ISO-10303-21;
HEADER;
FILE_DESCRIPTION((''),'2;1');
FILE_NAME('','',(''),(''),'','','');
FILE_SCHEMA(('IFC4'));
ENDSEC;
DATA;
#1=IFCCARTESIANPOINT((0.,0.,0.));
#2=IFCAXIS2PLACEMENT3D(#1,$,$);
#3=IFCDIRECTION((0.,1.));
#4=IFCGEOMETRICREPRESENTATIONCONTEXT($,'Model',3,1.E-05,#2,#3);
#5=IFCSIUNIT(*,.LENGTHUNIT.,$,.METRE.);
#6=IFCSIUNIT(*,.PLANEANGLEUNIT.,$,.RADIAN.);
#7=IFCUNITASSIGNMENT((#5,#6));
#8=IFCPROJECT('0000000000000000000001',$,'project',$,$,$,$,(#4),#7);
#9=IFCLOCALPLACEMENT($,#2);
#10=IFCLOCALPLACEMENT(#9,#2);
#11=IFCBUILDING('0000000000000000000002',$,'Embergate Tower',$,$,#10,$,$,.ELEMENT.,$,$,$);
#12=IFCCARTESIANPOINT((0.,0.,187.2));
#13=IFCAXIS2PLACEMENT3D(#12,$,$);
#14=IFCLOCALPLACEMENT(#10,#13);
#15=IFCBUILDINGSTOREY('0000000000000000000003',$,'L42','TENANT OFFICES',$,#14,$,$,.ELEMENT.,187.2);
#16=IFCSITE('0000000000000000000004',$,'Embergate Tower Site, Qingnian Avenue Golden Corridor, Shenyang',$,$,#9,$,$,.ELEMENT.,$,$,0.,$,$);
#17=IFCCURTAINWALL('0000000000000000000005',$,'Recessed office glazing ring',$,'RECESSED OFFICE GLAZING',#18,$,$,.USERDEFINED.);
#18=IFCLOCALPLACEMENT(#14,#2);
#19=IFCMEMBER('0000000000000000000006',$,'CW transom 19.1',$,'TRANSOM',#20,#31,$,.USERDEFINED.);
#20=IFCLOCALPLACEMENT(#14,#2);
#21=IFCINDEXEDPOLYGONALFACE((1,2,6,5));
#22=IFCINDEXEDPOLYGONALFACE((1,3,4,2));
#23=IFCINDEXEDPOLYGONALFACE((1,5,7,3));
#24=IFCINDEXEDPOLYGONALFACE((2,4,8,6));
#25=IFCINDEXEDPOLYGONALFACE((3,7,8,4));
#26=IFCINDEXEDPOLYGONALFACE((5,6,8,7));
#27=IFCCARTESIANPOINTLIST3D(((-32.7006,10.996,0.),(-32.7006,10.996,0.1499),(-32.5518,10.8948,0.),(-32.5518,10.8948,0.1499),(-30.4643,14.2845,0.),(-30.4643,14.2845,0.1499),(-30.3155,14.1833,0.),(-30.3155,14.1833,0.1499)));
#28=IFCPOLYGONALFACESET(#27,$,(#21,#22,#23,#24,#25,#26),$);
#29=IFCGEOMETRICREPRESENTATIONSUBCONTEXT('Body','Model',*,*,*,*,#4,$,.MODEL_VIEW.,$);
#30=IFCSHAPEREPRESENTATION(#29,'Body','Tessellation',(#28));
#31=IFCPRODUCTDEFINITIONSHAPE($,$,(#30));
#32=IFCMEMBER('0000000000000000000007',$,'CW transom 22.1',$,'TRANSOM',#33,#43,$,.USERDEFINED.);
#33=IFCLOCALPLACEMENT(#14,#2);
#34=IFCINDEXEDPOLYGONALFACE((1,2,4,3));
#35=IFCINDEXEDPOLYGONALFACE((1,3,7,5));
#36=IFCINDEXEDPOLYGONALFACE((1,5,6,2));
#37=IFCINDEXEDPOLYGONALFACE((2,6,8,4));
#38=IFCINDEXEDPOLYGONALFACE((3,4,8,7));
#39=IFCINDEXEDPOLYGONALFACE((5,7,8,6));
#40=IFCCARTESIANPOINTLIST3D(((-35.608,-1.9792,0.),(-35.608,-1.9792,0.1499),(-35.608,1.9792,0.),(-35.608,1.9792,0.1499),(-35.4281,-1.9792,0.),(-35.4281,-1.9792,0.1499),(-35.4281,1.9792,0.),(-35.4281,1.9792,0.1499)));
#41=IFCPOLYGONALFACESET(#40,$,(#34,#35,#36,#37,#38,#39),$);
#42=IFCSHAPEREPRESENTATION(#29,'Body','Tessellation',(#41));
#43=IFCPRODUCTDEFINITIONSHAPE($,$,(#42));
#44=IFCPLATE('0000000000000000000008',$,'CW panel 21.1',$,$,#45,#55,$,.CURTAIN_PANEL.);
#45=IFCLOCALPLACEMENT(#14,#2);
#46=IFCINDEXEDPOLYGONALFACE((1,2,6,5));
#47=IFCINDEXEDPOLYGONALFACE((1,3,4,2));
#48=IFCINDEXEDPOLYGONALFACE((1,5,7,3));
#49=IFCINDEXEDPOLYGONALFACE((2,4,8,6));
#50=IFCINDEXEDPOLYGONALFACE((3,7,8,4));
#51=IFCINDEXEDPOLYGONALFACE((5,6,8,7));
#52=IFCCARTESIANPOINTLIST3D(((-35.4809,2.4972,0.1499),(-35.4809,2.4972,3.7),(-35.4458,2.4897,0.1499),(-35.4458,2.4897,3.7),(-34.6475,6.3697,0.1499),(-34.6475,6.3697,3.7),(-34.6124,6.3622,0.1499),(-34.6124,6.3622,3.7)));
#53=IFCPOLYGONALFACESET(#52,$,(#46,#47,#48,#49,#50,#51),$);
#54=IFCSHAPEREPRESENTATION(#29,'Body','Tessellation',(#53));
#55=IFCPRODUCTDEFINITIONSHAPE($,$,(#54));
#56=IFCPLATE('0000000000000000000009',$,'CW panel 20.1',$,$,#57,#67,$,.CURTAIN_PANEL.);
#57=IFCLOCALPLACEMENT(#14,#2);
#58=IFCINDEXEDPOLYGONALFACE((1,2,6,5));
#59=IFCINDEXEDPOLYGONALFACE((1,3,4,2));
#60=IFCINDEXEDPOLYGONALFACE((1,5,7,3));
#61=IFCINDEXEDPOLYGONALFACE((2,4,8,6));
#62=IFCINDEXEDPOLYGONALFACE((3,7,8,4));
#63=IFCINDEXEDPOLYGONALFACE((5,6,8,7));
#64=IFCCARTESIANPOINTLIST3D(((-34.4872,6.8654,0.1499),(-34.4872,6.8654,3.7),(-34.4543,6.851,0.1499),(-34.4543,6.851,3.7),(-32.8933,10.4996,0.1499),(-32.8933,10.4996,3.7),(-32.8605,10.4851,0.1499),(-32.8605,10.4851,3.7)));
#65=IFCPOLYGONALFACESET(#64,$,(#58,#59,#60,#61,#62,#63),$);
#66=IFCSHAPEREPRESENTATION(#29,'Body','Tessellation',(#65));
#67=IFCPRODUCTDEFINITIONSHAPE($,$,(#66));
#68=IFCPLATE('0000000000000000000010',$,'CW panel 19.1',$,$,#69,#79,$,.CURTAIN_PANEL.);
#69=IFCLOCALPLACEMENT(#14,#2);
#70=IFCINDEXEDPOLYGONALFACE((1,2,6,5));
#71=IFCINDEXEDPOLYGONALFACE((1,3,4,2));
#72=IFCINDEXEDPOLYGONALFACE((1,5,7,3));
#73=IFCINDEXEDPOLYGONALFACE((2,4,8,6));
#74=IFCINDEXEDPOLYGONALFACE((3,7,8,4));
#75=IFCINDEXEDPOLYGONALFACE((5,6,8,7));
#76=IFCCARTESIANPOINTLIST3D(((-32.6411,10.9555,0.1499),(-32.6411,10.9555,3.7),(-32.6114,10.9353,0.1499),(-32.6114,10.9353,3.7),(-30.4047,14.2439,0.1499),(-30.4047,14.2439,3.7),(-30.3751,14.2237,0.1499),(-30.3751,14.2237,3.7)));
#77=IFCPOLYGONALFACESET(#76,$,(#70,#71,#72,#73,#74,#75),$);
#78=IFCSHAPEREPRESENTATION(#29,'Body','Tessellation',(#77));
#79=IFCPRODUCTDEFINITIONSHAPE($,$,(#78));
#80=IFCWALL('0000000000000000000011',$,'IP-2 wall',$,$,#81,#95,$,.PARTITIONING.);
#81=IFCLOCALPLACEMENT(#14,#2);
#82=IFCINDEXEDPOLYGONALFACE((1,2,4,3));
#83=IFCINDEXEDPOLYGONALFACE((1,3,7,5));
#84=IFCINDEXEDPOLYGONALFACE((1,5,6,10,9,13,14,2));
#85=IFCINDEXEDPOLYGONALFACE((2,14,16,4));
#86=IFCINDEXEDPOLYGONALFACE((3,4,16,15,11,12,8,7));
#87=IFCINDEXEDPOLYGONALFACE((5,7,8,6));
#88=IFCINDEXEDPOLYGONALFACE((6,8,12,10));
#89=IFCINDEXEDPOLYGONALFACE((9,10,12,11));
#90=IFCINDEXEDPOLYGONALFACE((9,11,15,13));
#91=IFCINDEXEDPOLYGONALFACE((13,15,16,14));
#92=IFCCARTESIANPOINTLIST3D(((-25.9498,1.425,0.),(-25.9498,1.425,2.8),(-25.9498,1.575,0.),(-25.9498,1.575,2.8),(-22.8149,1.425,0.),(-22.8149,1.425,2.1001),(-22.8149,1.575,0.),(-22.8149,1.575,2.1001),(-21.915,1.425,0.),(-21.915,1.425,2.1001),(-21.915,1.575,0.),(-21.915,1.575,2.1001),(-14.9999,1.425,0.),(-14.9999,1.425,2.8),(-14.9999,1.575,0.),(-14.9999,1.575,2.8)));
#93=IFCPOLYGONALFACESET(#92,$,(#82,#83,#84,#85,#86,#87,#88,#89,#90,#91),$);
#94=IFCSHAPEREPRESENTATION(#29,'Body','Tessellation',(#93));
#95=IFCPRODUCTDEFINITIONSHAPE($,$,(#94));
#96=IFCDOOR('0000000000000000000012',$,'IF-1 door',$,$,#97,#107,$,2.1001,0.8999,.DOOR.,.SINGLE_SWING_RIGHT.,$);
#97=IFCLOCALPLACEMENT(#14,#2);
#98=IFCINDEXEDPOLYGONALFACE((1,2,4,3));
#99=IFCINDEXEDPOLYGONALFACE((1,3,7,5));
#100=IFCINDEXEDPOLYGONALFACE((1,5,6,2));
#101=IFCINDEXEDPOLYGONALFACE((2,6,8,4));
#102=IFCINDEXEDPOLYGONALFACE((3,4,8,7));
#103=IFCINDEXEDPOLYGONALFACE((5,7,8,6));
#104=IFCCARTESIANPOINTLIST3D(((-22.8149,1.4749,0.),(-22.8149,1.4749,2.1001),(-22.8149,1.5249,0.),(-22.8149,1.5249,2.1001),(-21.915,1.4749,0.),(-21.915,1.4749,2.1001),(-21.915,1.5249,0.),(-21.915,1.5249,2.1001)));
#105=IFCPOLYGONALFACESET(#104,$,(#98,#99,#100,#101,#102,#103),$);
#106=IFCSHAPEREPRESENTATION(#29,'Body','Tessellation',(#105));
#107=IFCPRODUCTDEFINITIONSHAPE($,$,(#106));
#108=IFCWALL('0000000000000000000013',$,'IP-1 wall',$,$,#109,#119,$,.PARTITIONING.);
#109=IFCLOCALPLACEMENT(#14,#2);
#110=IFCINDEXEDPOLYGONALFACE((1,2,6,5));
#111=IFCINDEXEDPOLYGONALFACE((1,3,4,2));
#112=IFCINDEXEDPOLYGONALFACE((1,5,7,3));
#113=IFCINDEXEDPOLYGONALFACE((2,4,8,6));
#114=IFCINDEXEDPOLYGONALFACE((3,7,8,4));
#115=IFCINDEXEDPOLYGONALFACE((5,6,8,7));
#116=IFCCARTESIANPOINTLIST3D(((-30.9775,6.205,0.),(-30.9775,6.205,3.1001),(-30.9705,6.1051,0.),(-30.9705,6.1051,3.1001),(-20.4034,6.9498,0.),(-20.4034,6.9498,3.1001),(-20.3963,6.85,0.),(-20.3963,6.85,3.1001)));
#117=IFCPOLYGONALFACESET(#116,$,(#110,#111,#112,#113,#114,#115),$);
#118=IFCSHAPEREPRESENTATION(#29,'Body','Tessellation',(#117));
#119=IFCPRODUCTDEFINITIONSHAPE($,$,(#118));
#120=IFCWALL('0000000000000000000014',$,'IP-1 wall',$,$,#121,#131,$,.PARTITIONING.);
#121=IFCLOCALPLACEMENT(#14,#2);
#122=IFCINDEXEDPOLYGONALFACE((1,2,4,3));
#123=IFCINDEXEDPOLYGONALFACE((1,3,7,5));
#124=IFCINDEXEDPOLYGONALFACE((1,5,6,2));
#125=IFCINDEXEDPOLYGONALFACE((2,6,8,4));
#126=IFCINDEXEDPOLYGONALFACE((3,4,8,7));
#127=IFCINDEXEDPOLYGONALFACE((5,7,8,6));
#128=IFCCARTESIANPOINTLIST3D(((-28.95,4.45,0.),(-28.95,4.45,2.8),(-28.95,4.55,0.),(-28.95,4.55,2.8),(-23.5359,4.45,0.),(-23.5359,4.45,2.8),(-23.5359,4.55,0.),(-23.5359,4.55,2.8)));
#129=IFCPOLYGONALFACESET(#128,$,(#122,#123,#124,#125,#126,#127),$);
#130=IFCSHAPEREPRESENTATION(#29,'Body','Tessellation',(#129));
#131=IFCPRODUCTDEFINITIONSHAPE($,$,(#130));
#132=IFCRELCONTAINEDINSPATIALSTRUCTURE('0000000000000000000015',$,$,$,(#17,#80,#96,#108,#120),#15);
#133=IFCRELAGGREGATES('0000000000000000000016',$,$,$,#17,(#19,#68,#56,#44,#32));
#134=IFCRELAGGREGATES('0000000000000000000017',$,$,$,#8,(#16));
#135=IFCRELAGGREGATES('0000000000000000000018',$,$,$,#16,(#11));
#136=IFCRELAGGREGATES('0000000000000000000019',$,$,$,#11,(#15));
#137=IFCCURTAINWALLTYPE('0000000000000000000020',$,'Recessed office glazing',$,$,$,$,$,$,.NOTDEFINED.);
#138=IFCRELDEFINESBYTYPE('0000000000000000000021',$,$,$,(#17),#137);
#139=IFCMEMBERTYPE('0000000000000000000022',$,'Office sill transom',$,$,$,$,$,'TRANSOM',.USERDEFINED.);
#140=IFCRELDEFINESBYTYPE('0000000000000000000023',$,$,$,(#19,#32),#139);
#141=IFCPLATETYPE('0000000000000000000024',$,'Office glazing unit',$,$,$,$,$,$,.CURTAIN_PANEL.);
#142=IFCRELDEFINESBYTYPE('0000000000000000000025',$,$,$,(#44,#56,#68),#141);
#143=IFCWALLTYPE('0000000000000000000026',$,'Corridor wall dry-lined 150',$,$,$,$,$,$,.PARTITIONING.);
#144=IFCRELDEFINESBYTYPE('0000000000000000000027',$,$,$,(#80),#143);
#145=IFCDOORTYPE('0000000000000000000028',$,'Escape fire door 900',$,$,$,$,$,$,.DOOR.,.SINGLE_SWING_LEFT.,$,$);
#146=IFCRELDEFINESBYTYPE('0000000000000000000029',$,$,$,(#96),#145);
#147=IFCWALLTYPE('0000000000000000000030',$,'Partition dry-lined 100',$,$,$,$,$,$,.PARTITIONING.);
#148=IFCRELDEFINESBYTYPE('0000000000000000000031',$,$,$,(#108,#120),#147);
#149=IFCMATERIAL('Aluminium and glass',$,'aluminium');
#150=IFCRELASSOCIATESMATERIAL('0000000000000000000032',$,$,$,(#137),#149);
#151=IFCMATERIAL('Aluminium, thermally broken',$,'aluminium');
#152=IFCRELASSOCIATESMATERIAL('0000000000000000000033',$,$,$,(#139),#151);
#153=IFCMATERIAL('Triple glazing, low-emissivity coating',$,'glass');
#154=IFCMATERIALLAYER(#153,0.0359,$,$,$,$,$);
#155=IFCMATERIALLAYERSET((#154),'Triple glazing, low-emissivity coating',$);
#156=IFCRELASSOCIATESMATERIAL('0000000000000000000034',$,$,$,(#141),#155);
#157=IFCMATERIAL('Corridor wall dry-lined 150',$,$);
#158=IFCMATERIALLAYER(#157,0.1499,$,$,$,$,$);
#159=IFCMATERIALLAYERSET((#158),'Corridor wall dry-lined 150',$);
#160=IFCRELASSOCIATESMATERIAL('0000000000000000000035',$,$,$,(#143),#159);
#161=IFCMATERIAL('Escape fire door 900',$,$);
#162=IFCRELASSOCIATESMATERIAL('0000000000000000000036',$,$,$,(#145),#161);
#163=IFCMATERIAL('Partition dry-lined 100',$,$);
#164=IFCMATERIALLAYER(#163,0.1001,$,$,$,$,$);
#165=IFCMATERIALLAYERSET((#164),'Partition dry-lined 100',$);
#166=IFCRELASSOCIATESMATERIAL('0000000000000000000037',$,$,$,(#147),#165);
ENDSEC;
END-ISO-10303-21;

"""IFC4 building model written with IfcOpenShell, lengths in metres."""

from ifc_helpers import new_model, si_unit, direction, frame, frame_2d, origin, origin_2d, place, context, subcontext, project, spatial, rectangle, extrude, source, transform, mapped, material, layer, layer_set, material_profile, profile_set, type_object, element, fill, aggregate, save


model = new_model("IFC4")

# Units and contexts
model_context = context("Model", 3, precision=1e-05, world=origin(), true_north=direction((0.0, 1.0)))
body_context = subcontext(model_context, "Body", "Model", "MODEL_VIEW")
ifc_project = project(units=[si_unit("LENGTHUNIT", "METRE"), si_unit("PLANEANGLEUNIT", "RADIAN")], contexts=[model_context])

# Site, building, storey
site_placement = place(None, origin())
site = spatial("IfcSite", under=ifc_project, at=site_placement, Name="Embergate Tower Site, Qingnian Avenue Golden Corridor, Shenyang", CompositionType="ELEMENT", RefElevation=0.0)
building_placement = place(site_placement, origin())
building = spatial("IfcBuilding", under=site, at=building_placement, Name="Embergate Tower", CompositionType="ELEMENT")
storey_placement = place(building_placement, frame((0.0, 0.0, 187.2)))
storey = spatial("IfcBuildingStorey", under=building, at=storey_placement, Name="L42", Description="TENANT OFFICES", CompositionType="ELEMENT", Elevation=187.2)

# Curtain wall, members, plates
ifc_material_1 = material(Name="Aluminium and glass", Category="aluminium")
curtain_wall_type = type_object("IfcCurtainWallType", Name="Recessed office glazing", PredefinedType="NOTDEFINED", material=ifc_material_1)
curtain_wall_placement = place(storey_placement, origin())
curtain_wall = element("IfcCurtainWall", 1, at=curtain_wall_placement, inside=storey, type_object=curtain_wall_type, Name="Recessed office glazing ring", ObjectType="RECESSED OFFICE GLAZING", PredefinedType="USERDEFINED")
ifc_material_2 = material(Name="Aluminium, thermally broken", Category="aluminium")
ifc_material_profile_1 = material_profile(ifc_material_2, rectangle(XDim=0.1799, YDim=0.1499, at=origin_2d()), Name="AL 150x180")
ifc_profile_set_1 = profile_set([ifc_material_profile_1], Name="Aluminium, thermally broken")
member_type_1 = type_object("IfcMemberType", Name="Office sill transom", ElementType="TRANSOM", PredefinedType="USERDEFINED", material=ifc_profile_set_1)
shared_shape_1 = source(origin(), body_context, "Body", "SweptSolid", [
    extrude(rectangle(XDim=0.1799, YDim=0.1499, at=origin_2d()), origin(), (0.0, 0.0, 1.0), 3.9768),
])
member_1_placement = place(storey_placement, frame((-30.3899, 14.2339, 0.075), z_axis=(-0.562327, -0.826915, 0.0), x_axis=(0.826915, -0.562327, 0.0)))
member_1 = element("IfcMember", 2, at=member_1_placement, type_object=member_type_1, Name="CW transom 19.1", ObjectType="TRANSOM", PredefinedType="USERDEFINED", context=body_context, shape_type="MappedRepresentation", body=[
    mapped(shared_shape_1, transform((0.0, 0.0, 0.0))),
])
shared_shape_2 = source(origin(), body_context, "Body", "SweptSolid", [
    extrude(rectangle(XDim=0.1799, YDim=0.1499, at=origin_2d()), origin(), (0.0, 0.0, 1.0), 3.9585),
])
member_2_placement = place(storey_placement, frame((-35.5181, 1.9792, 0.075), z_axis=(0.0, -1.0, 0.0), x_axis=(1.0, 0.0, 0.0)))
member_2 = element("IfcMember", 3, at=member_2_placement, type_object=member_type_1, Name="CW transom 22.1", ObjectType="TRANSOM", PredefinedType="USERDEFINED", context=body_context, shape_type="MappedRepresentation", body=[
    mapped(shared_shape_2, transform((0.0, 0.0, 0.0))),
])
ifc_material_3 = material(Name="Triple glazing, low-emissivity coating", Category="glass")
ifc_layer_1 = layer(ifc_material_3, 0.0359)
ifc_layer_set_1 = layer_set([ifc_layer_1], Name="Triple glazing, low-emissivity coating")
plate_type = type_object("IfcPlateType", Name="Office glazing unit", PredefinedType="CURTAIN_PANEL", material=ifc_layer_set_1)
shared_shape_3 = source(origin(), body_context, "Body", "SweptSolid", [
    extrude(rectangle(XDim=3.9612, YDim=0.0359, at=origin_2d()), origin(), (0.0, 0.0, 1.0), 3.55),
])
plate_1_placement = place(storey_placement, frame((-35.0466, 4.4297, 0.1499), z_axis=(0.0, 0.0, 1.0), x_axis=(-0.210397, -0.977616, 0.0)))
plate_1 = element("IfcPlate", 4, at=plate_1_placement, type_object=plate_type, Name="CW panel 21.1", PredefinedType="CURTAIN_PANEL", context=body_context, shape_type="MappedRepresentation", body=[
    mapped(shared_shape_3, transform((0.0, 0.0, 0.0))),
])
shared_shape_4 = source(origin(), body_context, "Body", "SweptSolid", [
    extrude(rectangle(XDim=3.9683, YDim=0.0359, at=origin_2d()), origin(), (0.0, 0.0, 1.0), 3.55),
])
plate_2_placement = place(storey_placement, frame((-33.6738, 8.6753, 0.1499), z_axis=(0.0, 0.0, 1.0), x_axis=(-0.401651, -0.915793, 0.0)))
plate_2 = element("IfcPlate", 5, at=plate_2_placement, type_object=plate_type, Name="CW panel 20.1", PredefinedType="CURTAIN_PANEL", context=body_context, shape_type="MappedRepresentation", body=[
    mapped(shared_shape_4, transform((0.0, 0.0, 0.0))),
])
shared_shape_5 = source(origin(), body_context, "Body", "SweptSolid", [
    extrude(rectangle(XDim=3.9768, YDim=0.0359, at=origin_2d()), origin(), (0.0, 0.0, 1.0), 3.55),
])
plate_3_placement = place(storey_placement, frame((-31.5081, 12.5896, 0.1499), z_axis=(0.0, 0.0, 1.0), x_axis=(-0.56234, -0.826906, 0.0)))
plate_3 = element("IfcPlate", 6, at=plate_3_placement, type_object=plate_type, Name="CW panel 19.1", PredefinedType="CURTAIN_PANEL", context=body_context, shape_type="MappedRepresentation", body=[
    mapped(shared_shape_5, transform((0.0, 0.0, 0.0))),
])
aggregate(curtain_wall, [member_1, plate_3, plate_2, plate_1, member_2])

# Wall, opening, door
ifc_material_4 = material(Name="Corridor wall dry-lined 150")
ifc_layer_2 = layer(ifc_material_4, 0.1499)
ifc_layer_set_2 = layer_set([ifc_layer_2], Name="Corridor wall dry-lined 150")
wall_type_1 = type_object("IfcWallType", Name="Corridor wall dry-lined 150", PredefinedType="PARTITIONING", material=ifc_layer_set_2)
shared_shape_6 = source(origin(), body_context, "Body", "SweptSolid", [
    extrude(rectangle(XDim=10.95, YDim=0.1499, at=frame_2d((5.4751, 0.0))), origin(), (0.0, 0.0, 1.0), 2.8),
])
wall_1_placement = place(storey_placement, frame((-25.95, 1.5, 0.0), z_axis=(0.0, 0.0, 1.0), x_axis=(1.0, 0.0, 0.0)))
wall_1 = element("IfcWall", 7, at=wall_1_placement, inside=storey, type_object=wall_type_1, Name="IP-2 wall", PredefinedType="PARTITIONING", context=body_context, shape_type="MappedRepresentation", body=[
    mapped(shared_shape_6, transform((0.0, 0.0, 0.0))),
])
shared_shape_7 = source(origin(), body_context, "Body", "SweptSolid", [
    extrude(rectangle(XDim=0.8999, YDim=2.1001, at=frame_2d((0.45, 1.05))), frame((0.0, 0.085, 0.0), z_axis=(0.0, -1.0, 0.0), x_axis=(1.0, 0.0, 0.0)), (0.0, 0.0, 1.0), 0.1699),
])
opening_placement = place(wall_1_placement, frame((3.135, 0.0, 0.0)))
opening = element("IfcOpeningElement", 8, at=opening_placement, cuts=wall_1, PredefinedType="OPENING", context=body_context, shape_type="MappedRepresentation", body=[
    mapped(shared_shape_7, transform((0.0, 0.0, 0.0))),
])
ifc_material_5 = material(Name="Escape fire door 900")
door_type = type_object("IfcDoorType", Name="Escape fire door 900", OperationType="SINGLE_SWING_LEFT", PredefinedType="DOOR", material=ifc_material_5)
shared_shape_8 = source(origin(), body_context, "Body", "SweptSolid", [
    extrude(rectangle(XDim=0.8999, YDim=2.1001, at=frame_2d((0.45, 1.05))), frame((0.0, 0.0249, 0.0), z_axis=(0.0, -1.0, 0.0), x_axis=(1.0, 0.0, 0.0)), (0.0, 0.0, 1.0), 0.05),
])
door_placement = place(opening_placement, origin())
door = element("IfcDoor", 9, at=door_placement, inside=storey, type_object=door_type, Name="IF-1 door", OperationType="SINGLE_SWING_RIGHT", OverallHeight=2.1001, OverallWidth=0.8999, PredefinedType="DOOR", context=body_context, shape_type="MappedRepresentation", body=[
    mapped(shared_shape_8, transform((0.0, 0.0, 0.0))),
])
fill(opening, door)

# Walls
ifc_material_6 = material(Name="Partition dry-lined 100")
ifc_layer_3 = layer(ifc_material_6, 0.1001)
ifc_layer_set_3 = layer_set([ifc_layer_3], Name="Partition dry-lined 100")
wall_type_2 = type_object("IfcWallType", Name="Partition dry-lined 100", PredefinedType="PARTITIONING", material=ifc_layer_set_3)
shared_shape_9 = source(origin(), body_context, "Body", "SweptSolid", [
    extrude(rectangle(XDim=10.6003, YDim=0.1001, at=frame_2d((5.3003, 0.0))), origin(), (0.0, 0.0, 1.0), 3.1001),
])
wall_2_placement = place(storey_placement, frame((-30.9741, 6.155, 0.0), z_axis=(0.0, 0.0, 1.0), x_axis=(0.997528, 0.070268, 0.0)))
element("IfcWall", 10, at=wall_2_placement, inside=storey, type_object=wall_type_2, Name="IP-1 wall", PredefinedType="PARTITIONING", context=body_context, shape_type="MappedRepresentation", body=[
    mapped(shared_shape_9, transform((0.0, 0.0, 0.0))),
])
shared_shape_10 = source(origin(), body_context, "Body", "SweptSolid", [
    extrude(rectangle(XDim=5.4141, YDim=0.1001, at=frame_2d((2.707, 0.0))), origin(), (0.0, 0.0, 1.0), 2.8),
])
wall_3_placement = place(storey_placement, frame((-28.95, 4.5, 0.0), z_axis=(0.0, 0.0, 1.0), x_axis=(1.0, 0.0, 0.0)))
element("IfcWall", 11, at=wall_3_placement, inside=storey, type_object=wall_type_2, Name="IP-1 wall", PredefinedType="PARTITIONING", context=body_context, shape_type="MappedRepresentation", body=[
    mapped(shared_shape_10, transform((0.0, 0.0, 0.0))),
])

save(model, "model.ifc")
